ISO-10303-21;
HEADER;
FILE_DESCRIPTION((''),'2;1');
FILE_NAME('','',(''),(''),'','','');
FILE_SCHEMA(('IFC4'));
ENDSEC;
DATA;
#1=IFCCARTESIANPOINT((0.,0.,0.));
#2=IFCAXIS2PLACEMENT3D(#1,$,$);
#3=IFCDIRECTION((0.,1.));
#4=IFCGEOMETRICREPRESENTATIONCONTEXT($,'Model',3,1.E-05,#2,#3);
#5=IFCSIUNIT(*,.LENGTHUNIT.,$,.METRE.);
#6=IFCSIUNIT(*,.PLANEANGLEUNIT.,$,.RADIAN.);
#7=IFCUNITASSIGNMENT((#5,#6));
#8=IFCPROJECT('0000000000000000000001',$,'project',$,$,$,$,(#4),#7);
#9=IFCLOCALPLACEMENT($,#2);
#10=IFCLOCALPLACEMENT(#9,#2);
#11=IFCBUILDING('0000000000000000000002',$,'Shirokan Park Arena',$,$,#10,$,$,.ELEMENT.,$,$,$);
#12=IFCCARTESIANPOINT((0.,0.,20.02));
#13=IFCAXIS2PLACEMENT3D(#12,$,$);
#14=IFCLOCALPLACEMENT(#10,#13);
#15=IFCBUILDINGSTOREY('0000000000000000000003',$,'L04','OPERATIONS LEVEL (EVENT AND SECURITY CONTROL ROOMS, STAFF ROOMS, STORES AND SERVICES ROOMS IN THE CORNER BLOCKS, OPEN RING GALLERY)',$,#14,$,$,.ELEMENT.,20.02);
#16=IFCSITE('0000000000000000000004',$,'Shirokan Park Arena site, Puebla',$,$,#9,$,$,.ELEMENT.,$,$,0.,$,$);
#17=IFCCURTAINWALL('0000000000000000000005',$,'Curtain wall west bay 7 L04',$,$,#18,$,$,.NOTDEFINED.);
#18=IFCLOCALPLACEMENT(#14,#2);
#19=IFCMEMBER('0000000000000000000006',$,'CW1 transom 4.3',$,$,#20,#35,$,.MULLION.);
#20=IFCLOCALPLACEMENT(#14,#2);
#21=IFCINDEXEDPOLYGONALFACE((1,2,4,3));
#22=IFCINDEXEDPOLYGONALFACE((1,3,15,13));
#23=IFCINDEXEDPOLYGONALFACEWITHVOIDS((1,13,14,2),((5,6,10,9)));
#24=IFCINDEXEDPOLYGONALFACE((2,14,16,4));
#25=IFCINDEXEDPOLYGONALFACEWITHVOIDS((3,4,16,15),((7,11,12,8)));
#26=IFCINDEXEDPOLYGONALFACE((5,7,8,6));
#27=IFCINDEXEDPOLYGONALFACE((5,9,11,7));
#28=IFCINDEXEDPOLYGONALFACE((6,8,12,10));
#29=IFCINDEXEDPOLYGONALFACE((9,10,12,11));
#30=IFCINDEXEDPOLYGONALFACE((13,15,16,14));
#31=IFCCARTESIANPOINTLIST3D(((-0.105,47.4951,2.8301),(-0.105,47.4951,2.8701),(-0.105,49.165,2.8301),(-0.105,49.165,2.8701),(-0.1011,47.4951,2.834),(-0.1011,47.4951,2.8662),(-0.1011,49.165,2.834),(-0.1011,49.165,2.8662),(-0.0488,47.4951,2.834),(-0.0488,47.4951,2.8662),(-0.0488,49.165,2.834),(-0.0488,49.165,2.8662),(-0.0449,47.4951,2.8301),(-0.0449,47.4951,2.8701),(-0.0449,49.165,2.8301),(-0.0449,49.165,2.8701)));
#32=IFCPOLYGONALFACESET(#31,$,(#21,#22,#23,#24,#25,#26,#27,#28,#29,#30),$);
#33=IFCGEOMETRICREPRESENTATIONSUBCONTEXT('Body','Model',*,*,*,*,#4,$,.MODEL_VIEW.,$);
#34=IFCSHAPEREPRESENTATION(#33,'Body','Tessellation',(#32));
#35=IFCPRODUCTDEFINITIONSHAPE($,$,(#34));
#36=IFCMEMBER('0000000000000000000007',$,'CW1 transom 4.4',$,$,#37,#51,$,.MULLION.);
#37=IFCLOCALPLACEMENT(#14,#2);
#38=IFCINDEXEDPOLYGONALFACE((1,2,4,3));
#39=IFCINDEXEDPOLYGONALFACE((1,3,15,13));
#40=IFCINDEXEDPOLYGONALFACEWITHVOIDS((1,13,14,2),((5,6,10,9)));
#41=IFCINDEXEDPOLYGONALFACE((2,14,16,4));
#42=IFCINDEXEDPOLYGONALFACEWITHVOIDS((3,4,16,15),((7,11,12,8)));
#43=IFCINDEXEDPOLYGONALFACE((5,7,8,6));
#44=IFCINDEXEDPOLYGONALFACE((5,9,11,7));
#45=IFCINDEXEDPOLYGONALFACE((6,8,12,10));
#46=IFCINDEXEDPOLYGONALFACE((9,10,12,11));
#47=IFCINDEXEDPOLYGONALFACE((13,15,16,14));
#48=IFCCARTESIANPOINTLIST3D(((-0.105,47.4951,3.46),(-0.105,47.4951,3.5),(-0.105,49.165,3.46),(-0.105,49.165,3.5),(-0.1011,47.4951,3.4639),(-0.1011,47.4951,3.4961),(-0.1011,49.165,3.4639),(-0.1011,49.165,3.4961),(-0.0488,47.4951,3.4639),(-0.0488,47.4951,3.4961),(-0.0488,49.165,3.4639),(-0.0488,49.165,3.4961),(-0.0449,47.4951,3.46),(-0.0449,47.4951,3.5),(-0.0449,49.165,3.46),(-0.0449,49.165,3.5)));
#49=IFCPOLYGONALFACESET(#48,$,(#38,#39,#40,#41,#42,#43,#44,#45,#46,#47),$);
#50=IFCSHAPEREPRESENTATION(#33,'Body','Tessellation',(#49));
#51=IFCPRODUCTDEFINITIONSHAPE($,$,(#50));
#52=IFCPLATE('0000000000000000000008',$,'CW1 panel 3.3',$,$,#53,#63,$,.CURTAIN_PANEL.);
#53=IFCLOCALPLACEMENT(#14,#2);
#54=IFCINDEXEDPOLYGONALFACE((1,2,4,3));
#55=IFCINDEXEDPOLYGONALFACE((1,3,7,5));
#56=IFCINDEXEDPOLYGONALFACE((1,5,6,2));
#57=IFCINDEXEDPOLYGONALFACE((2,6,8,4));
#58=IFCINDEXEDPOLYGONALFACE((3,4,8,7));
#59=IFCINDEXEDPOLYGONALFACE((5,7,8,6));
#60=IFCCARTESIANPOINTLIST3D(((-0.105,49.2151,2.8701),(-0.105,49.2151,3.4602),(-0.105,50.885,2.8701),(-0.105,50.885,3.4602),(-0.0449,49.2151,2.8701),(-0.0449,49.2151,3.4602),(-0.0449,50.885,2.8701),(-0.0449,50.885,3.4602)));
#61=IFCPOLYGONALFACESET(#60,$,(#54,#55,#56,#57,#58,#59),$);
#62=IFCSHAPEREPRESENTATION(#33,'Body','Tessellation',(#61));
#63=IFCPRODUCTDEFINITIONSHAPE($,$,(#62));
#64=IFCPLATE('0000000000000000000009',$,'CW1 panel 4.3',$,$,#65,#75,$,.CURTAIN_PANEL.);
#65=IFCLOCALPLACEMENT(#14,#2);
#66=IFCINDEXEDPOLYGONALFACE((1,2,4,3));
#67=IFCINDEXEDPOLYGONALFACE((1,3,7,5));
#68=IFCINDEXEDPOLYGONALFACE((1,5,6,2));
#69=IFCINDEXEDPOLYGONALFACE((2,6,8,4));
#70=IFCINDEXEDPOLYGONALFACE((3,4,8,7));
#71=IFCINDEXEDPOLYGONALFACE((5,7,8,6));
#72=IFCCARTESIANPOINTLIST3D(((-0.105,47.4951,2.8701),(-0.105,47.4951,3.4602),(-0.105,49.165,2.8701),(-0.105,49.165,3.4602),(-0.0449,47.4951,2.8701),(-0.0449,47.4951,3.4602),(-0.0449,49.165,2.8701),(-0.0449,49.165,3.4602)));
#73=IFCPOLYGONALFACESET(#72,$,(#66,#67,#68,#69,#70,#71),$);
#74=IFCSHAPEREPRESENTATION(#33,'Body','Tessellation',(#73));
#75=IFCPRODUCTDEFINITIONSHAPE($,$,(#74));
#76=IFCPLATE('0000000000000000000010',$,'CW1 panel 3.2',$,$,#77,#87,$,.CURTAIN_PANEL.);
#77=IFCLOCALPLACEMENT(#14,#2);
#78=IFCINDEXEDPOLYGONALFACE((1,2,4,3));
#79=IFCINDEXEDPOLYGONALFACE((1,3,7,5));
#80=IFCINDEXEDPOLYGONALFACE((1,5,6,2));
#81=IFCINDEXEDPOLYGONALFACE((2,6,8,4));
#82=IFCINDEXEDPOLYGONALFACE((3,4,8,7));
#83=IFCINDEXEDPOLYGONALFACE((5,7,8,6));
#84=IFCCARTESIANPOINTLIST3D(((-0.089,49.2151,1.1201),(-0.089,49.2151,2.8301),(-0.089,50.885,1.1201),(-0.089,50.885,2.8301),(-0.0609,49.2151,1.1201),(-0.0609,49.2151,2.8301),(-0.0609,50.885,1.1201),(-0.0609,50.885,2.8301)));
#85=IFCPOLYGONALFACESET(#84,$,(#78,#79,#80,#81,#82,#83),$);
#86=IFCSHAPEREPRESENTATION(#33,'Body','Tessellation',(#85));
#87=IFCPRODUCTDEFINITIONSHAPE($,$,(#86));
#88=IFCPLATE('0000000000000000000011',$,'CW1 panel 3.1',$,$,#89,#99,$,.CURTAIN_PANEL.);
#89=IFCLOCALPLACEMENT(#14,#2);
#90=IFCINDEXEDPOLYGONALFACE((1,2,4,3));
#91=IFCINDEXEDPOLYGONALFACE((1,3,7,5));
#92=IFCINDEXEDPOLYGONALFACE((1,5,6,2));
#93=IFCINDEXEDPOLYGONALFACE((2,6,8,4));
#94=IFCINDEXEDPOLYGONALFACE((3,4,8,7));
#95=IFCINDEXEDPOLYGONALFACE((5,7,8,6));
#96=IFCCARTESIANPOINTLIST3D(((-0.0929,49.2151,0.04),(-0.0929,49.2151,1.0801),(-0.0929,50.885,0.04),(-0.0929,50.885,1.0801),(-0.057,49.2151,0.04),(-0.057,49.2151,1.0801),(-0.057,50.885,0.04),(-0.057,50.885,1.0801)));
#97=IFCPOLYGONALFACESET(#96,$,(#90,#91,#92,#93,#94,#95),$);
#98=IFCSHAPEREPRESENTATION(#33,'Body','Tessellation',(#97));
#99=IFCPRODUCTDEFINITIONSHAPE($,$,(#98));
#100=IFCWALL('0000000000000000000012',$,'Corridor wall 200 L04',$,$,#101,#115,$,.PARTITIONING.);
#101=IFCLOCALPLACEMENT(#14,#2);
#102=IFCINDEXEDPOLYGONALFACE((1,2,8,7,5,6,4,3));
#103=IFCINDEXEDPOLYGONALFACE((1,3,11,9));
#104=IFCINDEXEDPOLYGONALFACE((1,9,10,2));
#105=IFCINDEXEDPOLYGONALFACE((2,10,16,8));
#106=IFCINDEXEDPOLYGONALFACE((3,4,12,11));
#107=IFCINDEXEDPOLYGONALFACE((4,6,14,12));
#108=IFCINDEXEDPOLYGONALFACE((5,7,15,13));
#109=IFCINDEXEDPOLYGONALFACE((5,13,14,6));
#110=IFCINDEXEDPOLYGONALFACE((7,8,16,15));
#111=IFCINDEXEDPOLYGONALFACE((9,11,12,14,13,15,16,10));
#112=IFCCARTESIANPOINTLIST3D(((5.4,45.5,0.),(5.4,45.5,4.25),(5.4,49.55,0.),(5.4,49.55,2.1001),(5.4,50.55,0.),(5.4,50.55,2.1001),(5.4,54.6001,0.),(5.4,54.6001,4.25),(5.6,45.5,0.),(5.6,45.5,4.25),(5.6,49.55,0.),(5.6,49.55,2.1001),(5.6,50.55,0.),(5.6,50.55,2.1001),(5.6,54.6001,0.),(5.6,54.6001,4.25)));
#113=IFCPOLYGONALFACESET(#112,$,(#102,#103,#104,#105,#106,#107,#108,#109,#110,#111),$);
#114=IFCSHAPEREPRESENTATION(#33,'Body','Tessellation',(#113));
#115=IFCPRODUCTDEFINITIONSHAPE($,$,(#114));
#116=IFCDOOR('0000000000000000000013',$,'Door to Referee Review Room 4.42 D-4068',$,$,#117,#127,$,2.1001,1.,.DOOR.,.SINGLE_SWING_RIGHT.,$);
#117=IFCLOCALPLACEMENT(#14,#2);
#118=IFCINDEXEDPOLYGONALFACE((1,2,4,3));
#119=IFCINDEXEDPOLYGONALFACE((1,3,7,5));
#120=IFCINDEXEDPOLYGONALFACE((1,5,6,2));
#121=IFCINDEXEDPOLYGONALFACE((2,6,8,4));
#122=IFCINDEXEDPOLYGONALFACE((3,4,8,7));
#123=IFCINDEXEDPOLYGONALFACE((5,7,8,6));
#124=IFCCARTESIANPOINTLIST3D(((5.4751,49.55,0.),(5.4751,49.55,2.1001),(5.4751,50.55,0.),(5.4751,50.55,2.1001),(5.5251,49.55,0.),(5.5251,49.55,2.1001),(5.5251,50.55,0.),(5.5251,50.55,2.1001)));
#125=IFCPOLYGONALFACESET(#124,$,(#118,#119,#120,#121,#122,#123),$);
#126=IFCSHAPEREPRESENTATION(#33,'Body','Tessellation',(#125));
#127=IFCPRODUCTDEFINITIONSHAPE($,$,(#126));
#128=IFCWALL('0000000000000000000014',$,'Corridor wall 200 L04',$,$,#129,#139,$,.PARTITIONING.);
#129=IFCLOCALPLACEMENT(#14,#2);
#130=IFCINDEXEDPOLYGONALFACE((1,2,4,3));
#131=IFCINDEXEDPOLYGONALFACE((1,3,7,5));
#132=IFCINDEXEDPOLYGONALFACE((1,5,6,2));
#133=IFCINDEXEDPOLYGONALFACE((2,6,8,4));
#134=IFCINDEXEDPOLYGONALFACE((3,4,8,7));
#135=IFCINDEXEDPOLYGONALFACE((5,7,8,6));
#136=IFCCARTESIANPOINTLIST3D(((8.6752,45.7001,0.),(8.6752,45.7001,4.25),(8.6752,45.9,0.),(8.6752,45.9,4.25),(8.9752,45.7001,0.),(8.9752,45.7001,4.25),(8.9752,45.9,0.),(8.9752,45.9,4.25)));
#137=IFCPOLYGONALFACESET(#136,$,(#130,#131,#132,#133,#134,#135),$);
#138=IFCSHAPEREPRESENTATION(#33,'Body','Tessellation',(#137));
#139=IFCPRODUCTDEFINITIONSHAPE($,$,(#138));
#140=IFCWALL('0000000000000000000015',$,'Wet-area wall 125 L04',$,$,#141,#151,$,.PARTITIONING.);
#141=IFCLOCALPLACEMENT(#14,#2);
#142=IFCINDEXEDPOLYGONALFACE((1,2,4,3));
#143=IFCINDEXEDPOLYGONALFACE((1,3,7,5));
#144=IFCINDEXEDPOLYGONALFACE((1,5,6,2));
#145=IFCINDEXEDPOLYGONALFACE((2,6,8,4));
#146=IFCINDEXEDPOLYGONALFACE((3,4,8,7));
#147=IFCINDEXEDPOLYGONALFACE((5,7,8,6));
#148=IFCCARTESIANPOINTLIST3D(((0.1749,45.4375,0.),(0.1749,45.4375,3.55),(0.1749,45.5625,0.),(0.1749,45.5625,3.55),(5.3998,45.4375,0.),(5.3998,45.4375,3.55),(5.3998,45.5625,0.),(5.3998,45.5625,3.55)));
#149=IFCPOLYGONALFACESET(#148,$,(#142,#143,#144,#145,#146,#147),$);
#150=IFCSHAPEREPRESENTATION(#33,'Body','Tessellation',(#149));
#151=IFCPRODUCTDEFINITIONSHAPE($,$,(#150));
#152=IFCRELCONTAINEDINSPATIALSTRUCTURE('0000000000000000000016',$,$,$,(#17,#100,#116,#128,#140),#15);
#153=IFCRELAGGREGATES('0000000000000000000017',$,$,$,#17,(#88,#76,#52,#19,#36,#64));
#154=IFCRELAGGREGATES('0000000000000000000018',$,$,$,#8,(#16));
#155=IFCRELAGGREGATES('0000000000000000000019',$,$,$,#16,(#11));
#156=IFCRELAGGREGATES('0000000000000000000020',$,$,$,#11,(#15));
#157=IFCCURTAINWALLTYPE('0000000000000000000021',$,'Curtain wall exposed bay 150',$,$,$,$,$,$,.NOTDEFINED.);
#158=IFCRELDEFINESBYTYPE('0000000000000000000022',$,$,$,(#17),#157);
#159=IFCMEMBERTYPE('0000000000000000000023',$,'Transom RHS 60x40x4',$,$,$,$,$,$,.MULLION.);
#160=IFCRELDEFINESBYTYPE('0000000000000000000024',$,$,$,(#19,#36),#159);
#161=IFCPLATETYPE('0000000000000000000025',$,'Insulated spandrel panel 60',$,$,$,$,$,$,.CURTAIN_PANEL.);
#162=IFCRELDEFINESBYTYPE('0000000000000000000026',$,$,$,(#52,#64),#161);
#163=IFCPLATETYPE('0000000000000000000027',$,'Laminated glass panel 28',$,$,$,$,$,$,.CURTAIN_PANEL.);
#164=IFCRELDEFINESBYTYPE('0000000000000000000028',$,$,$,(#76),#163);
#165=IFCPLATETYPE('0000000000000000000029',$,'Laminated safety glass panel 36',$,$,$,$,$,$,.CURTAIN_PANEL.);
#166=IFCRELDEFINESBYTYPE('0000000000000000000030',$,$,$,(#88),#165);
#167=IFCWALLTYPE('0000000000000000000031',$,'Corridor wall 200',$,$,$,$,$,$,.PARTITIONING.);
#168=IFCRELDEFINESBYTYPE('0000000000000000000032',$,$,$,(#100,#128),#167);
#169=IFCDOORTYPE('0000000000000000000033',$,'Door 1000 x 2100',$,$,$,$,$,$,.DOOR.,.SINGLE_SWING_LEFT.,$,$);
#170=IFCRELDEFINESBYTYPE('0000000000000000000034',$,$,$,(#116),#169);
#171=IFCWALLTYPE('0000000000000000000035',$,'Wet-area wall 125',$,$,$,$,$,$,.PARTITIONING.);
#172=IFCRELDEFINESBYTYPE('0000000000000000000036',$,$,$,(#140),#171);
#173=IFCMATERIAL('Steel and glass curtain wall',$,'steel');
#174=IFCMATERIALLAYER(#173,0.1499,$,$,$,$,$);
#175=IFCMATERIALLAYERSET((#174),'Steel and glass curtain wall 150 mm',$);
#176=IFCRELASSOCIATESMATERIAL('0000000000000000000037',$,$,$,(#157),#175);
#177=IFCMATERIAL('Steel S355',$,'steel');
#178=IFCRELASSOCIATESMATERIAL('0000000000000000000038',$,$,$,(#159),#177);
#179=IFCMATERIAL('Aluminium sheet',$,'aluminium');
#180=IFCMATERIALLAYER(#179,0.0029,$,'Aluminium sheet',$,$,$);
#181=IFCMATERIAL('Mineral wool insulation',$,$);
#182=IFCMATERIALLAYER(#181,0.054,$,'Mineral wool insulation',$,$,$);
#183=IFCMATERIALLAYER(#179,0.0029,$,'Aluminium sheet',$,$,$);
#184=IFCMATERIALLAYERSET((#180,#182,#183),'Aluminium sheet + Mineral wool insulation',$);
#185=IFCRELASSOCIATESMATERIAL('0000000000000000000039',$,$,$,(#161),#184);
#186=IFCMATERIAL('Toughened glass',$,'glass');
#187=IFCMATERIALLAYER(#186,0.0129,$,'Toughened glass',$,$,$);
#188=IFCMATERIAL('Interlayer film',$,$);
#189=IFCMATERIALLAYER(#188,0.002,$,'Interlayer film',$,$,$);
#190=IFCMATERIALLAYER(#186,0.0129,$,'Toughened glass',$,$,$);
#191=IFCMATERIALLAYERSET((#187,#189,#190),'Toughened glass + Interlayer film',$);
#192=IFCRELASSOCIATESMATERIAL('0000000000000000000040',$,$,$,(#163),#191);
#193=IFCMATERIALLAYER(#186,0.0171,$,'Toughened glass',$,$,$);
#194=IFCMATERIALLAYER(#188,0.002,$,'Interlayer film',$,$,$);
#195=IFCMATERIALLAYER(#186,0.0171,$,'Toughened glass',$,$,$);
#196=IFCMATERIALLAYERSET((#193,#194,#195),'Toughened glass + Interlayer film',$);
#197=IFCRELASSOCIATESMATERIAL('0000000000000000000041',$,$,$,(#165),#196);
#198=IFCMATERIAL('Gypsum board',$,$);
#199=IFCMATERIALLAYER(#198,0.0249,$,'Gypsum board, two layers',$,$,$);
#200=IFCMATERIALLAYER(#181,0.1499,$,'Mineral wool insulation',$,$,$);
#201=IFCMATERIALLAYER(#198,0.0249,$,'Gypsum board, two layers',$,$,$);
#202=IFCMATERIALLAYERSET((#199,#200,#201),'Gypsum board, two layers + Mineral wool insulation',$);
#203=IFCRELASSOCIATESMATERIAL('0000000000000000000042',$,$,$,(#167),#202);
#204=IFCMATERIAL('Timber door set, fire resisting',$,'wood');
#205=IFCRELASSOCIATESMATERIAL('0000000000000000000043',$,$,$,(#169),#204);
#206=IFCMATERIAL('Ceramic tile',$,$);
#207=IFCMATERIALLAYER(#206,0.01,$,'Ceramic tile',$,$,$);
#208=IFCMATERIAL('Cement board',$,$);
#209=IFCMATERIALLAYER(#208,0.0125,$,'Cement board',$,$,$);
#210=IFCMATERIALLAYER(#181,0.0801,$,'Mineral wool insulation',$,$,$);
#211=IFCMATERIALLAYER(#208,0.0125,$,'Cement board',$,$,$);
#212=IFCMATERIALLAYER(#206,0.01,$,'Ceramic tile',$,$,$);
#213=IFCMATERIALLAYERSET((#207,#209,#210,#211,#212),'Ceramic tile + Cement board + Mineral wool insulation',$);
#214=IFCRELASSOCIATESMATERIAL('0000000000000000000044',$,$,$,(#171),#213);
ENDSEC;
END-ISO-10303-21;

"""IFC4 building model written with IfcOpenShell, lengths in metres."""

from ifc_helpers import new_model, si_unit, direction, frame, frame_2d, origin, origin_2d, place, context, subcontext, project, spatial, rectangle, hollow_rectangle, extrude, material, layer, layer_set, material_profile, profile_set, type_object, element, fill, aggregate, save


model = new_model("IFC4")

# Units and contexts
model_context = context("Model", 3, precision=1e-05, world=origin(), true_north=direction((0.0, 1.0)))
body_context = subcontext(model_context, "Body", "Model", "MODEL_VIEW")
ifc_project = project(units=[si_unit("LENGTHUNIT", "METRE"), si_unit("PLANEANGLEUNIT", "RADIAN")], contexts=[model_context])

# Site, building, storey
site_placement = place(None, origin())
site = spatial("IfcSite", under=ifc_project, at=site_placement, Name="Shirokan Park Arena site, Puebla", CompositionType="ELEMENT", RefElevation=0.0)
building_placement = place(site_placement, origin())
building = spatial("IfcBuilding", under=site, at=building_placement, Name="Shirokan Park Arena", CompositionType="ELEMENT")
storey_placement = place(building_placement, frame((0.0, 0.0, 20.02)))
storey = spatial("IfcBuildingStorey", under=building, at=storey_placement, Name="L04", Description="OPERATIONS LEVEL (EVENT AND SECURITY CONTROL ROOMS, STAFF ROOMS, STORES AND SERVICES ROOMS IN THE CORNER BLOCKS, OPEN RING GALLERY)", CompositionType="ELEMENT", Elevation=20.02)

# Curtain wall
ifc_material_1 = material(Name="Steel and glass curtain wall", Category="steel")
ifc_layer_1 = layer(ifc_material_1, 0.1499)
ifc_layer_set_1 = layer_set([ifc_layer_1], Name="Steel and glass curtain wall 150 mm")
curtain_wall_type = type_object("IfcCurtainWallType", Name="Curtain wall exposed bay 150", PredefinedType="NOTDEFINED", material=ifc_layer_set_1)
curtain_wall_placement = place(storey_placement, origin())
curtain_wall = element("IfcCurtainWall", 1, at=curtain_wall_placement, inside=storey, type_object=curtain_wall_type, Name="Curtain wall west bay 7 L04", PredefinedType="NOTDEFINED")
ifc_material_2 = material(Name="Steel S355", Category="steel")

# Members
ifc_material_profile_1 = material_profile(ifc_material_2, hollow_rectangle(XDim=0.0601, YDim=0.04, WallThickness=0.0039, at=origin_2d()), Name="RHS 60x40x4")
ifc_profile_set_1 = profile_set([ifc_material_profile_1], Name="Steel S355")
member_type_1 = type_object("IfcMemberType", Name="Transom RHS 60x40x4", PredefinedType="MULLION", material=ifc_profile_set_1)
member_1_placement = place(storey_placement, frame((-0.075, 49.165, 2.8501), z_axis=(0.0, -1.0, 0.0), x_axis=(1.0, 0.0, 0.0)))
member_1 = element("IfcMember", 2, at=member_1_placement, type_object=member_type_1, Name="CW1 transom 4.3", PredefinedType="MULLION", context=body_context, shape_type="SweptSolid", body=[
    extrude(hollow_rectangle(XDim=0.0601, YDim=0.04, WallThickness=0.0039, at=origin_2d()), origin(), (0.0, 0.0, 1.0), 1.6699),
])
member_2_placement = place(storey_placement, frame((-0.075, 49.165, 3.48), z_axis=(0.0, -1.0, 0.0), x_axis=(1.0, 0.0, 0.0)))
member_2 = element("IfcMember", 3, at=member_2_placement, type_object=member_type_1, Name="CW1 transom 4.4", PredefinedType="MULLION", context=body_context, shape_type="SweptSolid", body=[
    extrude(hollow_rectangle(XDim=0.0601, YDim=0.04, WallThickness=0.0039, at=origin_2d()), origin(), (0.0, 0.0, 1.0), 1.6699),
])

# Plates
ifc_material_3 = material(Name="Aluminium sheet", Category="aluminium")
ifc_layer_2 = layer(ifc_material_3, 0.0029, Name="Aluminium sheet")
ifc_material_4 = material(Name="Mineral wool insulation")
ifc_layer_3 = layer(ifc_material_4, 0.054, Name="Mineral wool insulation")
ifc_layer_4 = layer(ifc_material_3, 0.0029, Name="Aluminium sheet")
ifc_layer_set_2 = layer_set([ifc_layer_2, ifc_layer_3, ifc_layer_4], Name="Aluminium sheet + Mineral wool insulation")
plate_type_1 = type_object("IfcPlateType", Name="Insulated spandrel panel 60", PredefinedType="CURTAIN_PANEL", material=ifc_layer_set_2)
plate_1_placement = place(storey_placement, frame((-0.075, 50.05, 2.8701), z_axis=(0.0, 0.0, 1.0), x_axis=(0.0, -1.0, 0.0)))
plate_1 = element("IfcPlate", 4, at=plate_1_placement, type_object=plate_type_1, Name="CW1 panel 3.3", PredefinedType="CURTAIN_PANEL", context=body_context, shape_type="SweptSolid", body=[
    extrude(rectangle(XDim=1.6699, YDim=0.0601, at=origin_2d()), origin(), (0.0, 0.0, 1.0), 0.5901),
])
plate_2_placement = place(storey_placement, frame((-0.075, 48.3301, 2.8701), z_axis=(0.0, 0.0, 1.0), x_axis=(0.0, -1.0, 0.0)))
plate_2 = element("IfcPlate", 5, at=plate_2_placement, type_object=plate_type_1, Name="CW1 panel 4.3", PredefinedType="CURTAIN_PANEL", context=body_context, shape_type="SweptSolid", body=[
    extrude(rectangle(XDim=1.6699, YDim=0.0601, at=origin_2d()), origin(), (0.0, 0.0, 1.0), 0.5901),
])
ifc_material_5 = material(Name="Toughened glass", Category="glass")
ifc_layer_5 = layer(ifc_material_5, 0.0129, Name="Toughened glass")
ifc_material_6 = material(Name="Interlayer film")
ifc_layer_6 = layer(ifc_material_6, 0.002, Name="Interlayer film")
ifc_layer_7 = layer(ifc_material_5, 0.0129, Name="Toughened glass")
ifc_layer_set_3 = layer_set([ifc_layer_5, ifc_layer_6, ifc_layer_7], Name="Toughened glass + Interlayer film")
plate_type_2 = type_object("IfcPlateType", Name="Laminated glass panel 28", PredefinedType="CURTAIN_PANEL", material=ifc_layer_set_3)
plate_3_placement = place(storey_placement, frame((-0.075, 50.05, 1.1201), z_axis=(0.0, 0.0, 1.0), x_axis=(0.0, -1.0, 0.0)))
plate_3 = element("IfcPlate", 6, at=plate_3_placement, type_object=plate_type_2, Name="CW1 panel 3.2", PredefinedType="CURTAIN_PANEL", context=body_context, shape_type="SweptSolid", body=[
    extrude(rectangle(XDim=1.6699, YDim=0.0281, at=origin_2d()), origin(), (0.0, 0.0, 1.0), 1.71),
])
ifc_layer_8 = layer(ifc_material_5, 0.0171, Name="Toughened glass")
ifc_layer_9 = layer(ifc_material_6, 0.002, Name="Interlayer film")
ifc_layer_10 = layer(ifc_material_5, 0.0171, Name="Toughened glass")
ifc_layer_set_4 = layer_set([ifc_layer_8, ifc_layer_9, ifc_layer_10], Name="Toughened glass + Interlayer film")
plate_type_3 = type_object("IfcPlateType", Name="Laminated safety glass panel 36", PredefinedType="CURTAIN_PANEL", material=ifc_layer_set_4)
plate_4_placement = place(storey_placement, frame((-0.075, 50.05, 0.04), z_axis=(0.0, 0.0, 1.0), x_axis=(0.0, -1.0, 0.0)))
plate_4 = element("IfcPlate", 7, at=plate_4_placement, type_object=plate_type_3, Name="CW1 panel 3.1", PredefinedType="CURTAIN_PANEL", context=body_context, shape_type="SweptSolid", body=[
    extrude(rectangle(XDim=1.6699, YDim=0.0359, at=origin_2d()), origin(), (0.0, 0.0, 1.0), 1.04),
])
aggregate(curtain_wall, [plate_4, plate_3, plate_1, member_1, member_2, plate_2])

# Wall, opening, door
ifc_material_7 = material(Name="Gypsum board")
ifc_layer_11 = layer(ifc_material_7, 0.0249, Name="Gypsum board, two layers")
ifc_layer_12 = layer(ifc_material_4, 0.1499, Name="Mineral wool insulation")
ifc_layer_13 = layer(ifc_material_7, 0.0249, Name="Gypsum board, two layers")
ifc_layer_set_5 = layer_set([ifc_layer_11, ifc_layer_12, ifc_layer_13], Name="Gypsum board, two layers + Mineral wool insulation")
wall_type_1 = type_object("IfcWallType", Name="Corridor wall 200", PredefinedType="PARTITIONING", material=ifc_layer_set_5)
wall_1_placement = place(storey_placement, frame((5.5, 45.5, 0.0), z_axis=(0.0, 0.0, 1.0), x_axis=(0.0, 1.0, 0.0)))
wall_1 = element("IfcWall", 8, at=wall_1_placement, inside=storey, type_object=wall_type_1, Name="Corridor wall 200 L04", PredefinedType="PARTITIONING", context=body_context, shape_type="SweptSolid", body=[
    extrude(rectangle(XDim=9.1001, YDim=0.2, at=frame_2d((4.55, 0.0))), origin(), (0.0, 0.0, 1.0), 4.25),
])
opening_placement = place(wall_1_placement, frame((4.05, 0.0, 0.0)))
opening = element("IfcOpeningElement", 9, at=opening_placement, cuts=wall_1, PredefinedType="OPENING", context=body_context, shape_type="SweptSolid", body=[
    extrude(rectangle(XDim=1.0, YDim=2.1001, at=frame_2d((0.5, 1.05))), frame((0.0, 0.1099, 0.0), z_axis=(0.0, -1.0, 0.0), x_axis=(1.0, 0.0, 0.0)), (0.0, 0.0, 1.0), 0.22),
])
ifc_material_8 = material(Name="Timber door set, fire resisting", Category="wood")
door_type = type_object("IfcDoorType", Name="Door 1000 x 2100", OperationType="SINGLE_SWING_LEFT", PredefinedType="DOOR", material=ifc_material_8)
door_placement = place(opening_placement, origin())
door = element("IfcDoor", 10, at=door_placement, inside=storey, type_object=door_type, Name="Door to Referee Review Room 4.42 D-4068", OperationType="SINGLE_SWING_RIGHT", OverallHeight=2.1001, OverallWidth=1.0, PredefinedType="DOOR", context=body_context, shape_type="SweptSolid", body=[
    extrude(rectangle(XDim=1.0, YDim=2.1001, at=frame_2d((0.5, 1.05))), frame((0.0, 0.0249, 0.0), z_axis=(0.0, -1.0, 0.0), x_axis=(1.0, 0.0, 0.0)), (0.0, 0.0, 1.0), 0.05),
])
fill(opening, door)

# Walls
wall_2_placement = place(storey_placement, frame((8.9751, 45.8, 0.0), z_axis=(0.0, 0.0, 1.0), x_axis=(-1.0, 0.0, 0.0)))
element("IfcWall", 11, at=wall_2_placement, inside=storey, type_object=wall_type_1, Name="Corridor wall 200 L04", PredefinedType="PARTITIONING", context=body_context, shape_type="SweptSolid", body=[
    extrude(rectangle(XDim=0.3, YDim=0.2, at=frame_2d((0.1499, 0.0))), origin(), (0.0, 0.0, 1.0), 4.25),
])
ifc_material_9 = material(Name="Ceramic tile")
ifc_layer_14 = layer(ifc_material_9, 0.01, Name="Ceramic tile")
ifc_material_10 = material(Name="Cement board")
ifc_layer_15 = layer(ifc_material_10, 0.0125, Name="Cement board")
ifc_layer_16 = layer(ifc_material_4, 0.0801, Name="Mineral wool insulation")
ifc_layer_17 = layer(ifc_material_10, 0.0125, Name="Cement board")
ifc_layer_18 = layer(ifc_material_9, 0.01, Name="Ceramic tile")
ifc_layer_set_6 = layer_set([ifc_layer_14, ifc_layer_15, ifc_layer_16, ifc_layer_17, ifc_layer_18], Name="Ceramic tile + Cement board + Mineral wool insulation")
wall_type_2 = type_object("IfcWallType", Name="Wet-area wall 125", PredefinedType="PARTITIONING", material=ifc_layer_set_6)
wall_3_placement = place(storey_placement, frame((0.175, 45.5, 0.0), z_axis=(0.0, 0.0, 1.0), x_axis=(1.0, 0.0, 0.0)))
element("IfcWall", 12, at=wall_3_placement, inside=storey, type_object=wall_type_2, Name="Wet-area wall 125 L04", PredefinedType="PARTITIONING", context=body_context, shape_type="SweptSolid", body=[
    extrude(rectangle(XDim=5.2249, YDim=0.125, at=frame_2d((2.6123, 0.0))), origin(), (0.0, 0.0, 1.0), 3.55),
])

save(model, "model.ifc")
